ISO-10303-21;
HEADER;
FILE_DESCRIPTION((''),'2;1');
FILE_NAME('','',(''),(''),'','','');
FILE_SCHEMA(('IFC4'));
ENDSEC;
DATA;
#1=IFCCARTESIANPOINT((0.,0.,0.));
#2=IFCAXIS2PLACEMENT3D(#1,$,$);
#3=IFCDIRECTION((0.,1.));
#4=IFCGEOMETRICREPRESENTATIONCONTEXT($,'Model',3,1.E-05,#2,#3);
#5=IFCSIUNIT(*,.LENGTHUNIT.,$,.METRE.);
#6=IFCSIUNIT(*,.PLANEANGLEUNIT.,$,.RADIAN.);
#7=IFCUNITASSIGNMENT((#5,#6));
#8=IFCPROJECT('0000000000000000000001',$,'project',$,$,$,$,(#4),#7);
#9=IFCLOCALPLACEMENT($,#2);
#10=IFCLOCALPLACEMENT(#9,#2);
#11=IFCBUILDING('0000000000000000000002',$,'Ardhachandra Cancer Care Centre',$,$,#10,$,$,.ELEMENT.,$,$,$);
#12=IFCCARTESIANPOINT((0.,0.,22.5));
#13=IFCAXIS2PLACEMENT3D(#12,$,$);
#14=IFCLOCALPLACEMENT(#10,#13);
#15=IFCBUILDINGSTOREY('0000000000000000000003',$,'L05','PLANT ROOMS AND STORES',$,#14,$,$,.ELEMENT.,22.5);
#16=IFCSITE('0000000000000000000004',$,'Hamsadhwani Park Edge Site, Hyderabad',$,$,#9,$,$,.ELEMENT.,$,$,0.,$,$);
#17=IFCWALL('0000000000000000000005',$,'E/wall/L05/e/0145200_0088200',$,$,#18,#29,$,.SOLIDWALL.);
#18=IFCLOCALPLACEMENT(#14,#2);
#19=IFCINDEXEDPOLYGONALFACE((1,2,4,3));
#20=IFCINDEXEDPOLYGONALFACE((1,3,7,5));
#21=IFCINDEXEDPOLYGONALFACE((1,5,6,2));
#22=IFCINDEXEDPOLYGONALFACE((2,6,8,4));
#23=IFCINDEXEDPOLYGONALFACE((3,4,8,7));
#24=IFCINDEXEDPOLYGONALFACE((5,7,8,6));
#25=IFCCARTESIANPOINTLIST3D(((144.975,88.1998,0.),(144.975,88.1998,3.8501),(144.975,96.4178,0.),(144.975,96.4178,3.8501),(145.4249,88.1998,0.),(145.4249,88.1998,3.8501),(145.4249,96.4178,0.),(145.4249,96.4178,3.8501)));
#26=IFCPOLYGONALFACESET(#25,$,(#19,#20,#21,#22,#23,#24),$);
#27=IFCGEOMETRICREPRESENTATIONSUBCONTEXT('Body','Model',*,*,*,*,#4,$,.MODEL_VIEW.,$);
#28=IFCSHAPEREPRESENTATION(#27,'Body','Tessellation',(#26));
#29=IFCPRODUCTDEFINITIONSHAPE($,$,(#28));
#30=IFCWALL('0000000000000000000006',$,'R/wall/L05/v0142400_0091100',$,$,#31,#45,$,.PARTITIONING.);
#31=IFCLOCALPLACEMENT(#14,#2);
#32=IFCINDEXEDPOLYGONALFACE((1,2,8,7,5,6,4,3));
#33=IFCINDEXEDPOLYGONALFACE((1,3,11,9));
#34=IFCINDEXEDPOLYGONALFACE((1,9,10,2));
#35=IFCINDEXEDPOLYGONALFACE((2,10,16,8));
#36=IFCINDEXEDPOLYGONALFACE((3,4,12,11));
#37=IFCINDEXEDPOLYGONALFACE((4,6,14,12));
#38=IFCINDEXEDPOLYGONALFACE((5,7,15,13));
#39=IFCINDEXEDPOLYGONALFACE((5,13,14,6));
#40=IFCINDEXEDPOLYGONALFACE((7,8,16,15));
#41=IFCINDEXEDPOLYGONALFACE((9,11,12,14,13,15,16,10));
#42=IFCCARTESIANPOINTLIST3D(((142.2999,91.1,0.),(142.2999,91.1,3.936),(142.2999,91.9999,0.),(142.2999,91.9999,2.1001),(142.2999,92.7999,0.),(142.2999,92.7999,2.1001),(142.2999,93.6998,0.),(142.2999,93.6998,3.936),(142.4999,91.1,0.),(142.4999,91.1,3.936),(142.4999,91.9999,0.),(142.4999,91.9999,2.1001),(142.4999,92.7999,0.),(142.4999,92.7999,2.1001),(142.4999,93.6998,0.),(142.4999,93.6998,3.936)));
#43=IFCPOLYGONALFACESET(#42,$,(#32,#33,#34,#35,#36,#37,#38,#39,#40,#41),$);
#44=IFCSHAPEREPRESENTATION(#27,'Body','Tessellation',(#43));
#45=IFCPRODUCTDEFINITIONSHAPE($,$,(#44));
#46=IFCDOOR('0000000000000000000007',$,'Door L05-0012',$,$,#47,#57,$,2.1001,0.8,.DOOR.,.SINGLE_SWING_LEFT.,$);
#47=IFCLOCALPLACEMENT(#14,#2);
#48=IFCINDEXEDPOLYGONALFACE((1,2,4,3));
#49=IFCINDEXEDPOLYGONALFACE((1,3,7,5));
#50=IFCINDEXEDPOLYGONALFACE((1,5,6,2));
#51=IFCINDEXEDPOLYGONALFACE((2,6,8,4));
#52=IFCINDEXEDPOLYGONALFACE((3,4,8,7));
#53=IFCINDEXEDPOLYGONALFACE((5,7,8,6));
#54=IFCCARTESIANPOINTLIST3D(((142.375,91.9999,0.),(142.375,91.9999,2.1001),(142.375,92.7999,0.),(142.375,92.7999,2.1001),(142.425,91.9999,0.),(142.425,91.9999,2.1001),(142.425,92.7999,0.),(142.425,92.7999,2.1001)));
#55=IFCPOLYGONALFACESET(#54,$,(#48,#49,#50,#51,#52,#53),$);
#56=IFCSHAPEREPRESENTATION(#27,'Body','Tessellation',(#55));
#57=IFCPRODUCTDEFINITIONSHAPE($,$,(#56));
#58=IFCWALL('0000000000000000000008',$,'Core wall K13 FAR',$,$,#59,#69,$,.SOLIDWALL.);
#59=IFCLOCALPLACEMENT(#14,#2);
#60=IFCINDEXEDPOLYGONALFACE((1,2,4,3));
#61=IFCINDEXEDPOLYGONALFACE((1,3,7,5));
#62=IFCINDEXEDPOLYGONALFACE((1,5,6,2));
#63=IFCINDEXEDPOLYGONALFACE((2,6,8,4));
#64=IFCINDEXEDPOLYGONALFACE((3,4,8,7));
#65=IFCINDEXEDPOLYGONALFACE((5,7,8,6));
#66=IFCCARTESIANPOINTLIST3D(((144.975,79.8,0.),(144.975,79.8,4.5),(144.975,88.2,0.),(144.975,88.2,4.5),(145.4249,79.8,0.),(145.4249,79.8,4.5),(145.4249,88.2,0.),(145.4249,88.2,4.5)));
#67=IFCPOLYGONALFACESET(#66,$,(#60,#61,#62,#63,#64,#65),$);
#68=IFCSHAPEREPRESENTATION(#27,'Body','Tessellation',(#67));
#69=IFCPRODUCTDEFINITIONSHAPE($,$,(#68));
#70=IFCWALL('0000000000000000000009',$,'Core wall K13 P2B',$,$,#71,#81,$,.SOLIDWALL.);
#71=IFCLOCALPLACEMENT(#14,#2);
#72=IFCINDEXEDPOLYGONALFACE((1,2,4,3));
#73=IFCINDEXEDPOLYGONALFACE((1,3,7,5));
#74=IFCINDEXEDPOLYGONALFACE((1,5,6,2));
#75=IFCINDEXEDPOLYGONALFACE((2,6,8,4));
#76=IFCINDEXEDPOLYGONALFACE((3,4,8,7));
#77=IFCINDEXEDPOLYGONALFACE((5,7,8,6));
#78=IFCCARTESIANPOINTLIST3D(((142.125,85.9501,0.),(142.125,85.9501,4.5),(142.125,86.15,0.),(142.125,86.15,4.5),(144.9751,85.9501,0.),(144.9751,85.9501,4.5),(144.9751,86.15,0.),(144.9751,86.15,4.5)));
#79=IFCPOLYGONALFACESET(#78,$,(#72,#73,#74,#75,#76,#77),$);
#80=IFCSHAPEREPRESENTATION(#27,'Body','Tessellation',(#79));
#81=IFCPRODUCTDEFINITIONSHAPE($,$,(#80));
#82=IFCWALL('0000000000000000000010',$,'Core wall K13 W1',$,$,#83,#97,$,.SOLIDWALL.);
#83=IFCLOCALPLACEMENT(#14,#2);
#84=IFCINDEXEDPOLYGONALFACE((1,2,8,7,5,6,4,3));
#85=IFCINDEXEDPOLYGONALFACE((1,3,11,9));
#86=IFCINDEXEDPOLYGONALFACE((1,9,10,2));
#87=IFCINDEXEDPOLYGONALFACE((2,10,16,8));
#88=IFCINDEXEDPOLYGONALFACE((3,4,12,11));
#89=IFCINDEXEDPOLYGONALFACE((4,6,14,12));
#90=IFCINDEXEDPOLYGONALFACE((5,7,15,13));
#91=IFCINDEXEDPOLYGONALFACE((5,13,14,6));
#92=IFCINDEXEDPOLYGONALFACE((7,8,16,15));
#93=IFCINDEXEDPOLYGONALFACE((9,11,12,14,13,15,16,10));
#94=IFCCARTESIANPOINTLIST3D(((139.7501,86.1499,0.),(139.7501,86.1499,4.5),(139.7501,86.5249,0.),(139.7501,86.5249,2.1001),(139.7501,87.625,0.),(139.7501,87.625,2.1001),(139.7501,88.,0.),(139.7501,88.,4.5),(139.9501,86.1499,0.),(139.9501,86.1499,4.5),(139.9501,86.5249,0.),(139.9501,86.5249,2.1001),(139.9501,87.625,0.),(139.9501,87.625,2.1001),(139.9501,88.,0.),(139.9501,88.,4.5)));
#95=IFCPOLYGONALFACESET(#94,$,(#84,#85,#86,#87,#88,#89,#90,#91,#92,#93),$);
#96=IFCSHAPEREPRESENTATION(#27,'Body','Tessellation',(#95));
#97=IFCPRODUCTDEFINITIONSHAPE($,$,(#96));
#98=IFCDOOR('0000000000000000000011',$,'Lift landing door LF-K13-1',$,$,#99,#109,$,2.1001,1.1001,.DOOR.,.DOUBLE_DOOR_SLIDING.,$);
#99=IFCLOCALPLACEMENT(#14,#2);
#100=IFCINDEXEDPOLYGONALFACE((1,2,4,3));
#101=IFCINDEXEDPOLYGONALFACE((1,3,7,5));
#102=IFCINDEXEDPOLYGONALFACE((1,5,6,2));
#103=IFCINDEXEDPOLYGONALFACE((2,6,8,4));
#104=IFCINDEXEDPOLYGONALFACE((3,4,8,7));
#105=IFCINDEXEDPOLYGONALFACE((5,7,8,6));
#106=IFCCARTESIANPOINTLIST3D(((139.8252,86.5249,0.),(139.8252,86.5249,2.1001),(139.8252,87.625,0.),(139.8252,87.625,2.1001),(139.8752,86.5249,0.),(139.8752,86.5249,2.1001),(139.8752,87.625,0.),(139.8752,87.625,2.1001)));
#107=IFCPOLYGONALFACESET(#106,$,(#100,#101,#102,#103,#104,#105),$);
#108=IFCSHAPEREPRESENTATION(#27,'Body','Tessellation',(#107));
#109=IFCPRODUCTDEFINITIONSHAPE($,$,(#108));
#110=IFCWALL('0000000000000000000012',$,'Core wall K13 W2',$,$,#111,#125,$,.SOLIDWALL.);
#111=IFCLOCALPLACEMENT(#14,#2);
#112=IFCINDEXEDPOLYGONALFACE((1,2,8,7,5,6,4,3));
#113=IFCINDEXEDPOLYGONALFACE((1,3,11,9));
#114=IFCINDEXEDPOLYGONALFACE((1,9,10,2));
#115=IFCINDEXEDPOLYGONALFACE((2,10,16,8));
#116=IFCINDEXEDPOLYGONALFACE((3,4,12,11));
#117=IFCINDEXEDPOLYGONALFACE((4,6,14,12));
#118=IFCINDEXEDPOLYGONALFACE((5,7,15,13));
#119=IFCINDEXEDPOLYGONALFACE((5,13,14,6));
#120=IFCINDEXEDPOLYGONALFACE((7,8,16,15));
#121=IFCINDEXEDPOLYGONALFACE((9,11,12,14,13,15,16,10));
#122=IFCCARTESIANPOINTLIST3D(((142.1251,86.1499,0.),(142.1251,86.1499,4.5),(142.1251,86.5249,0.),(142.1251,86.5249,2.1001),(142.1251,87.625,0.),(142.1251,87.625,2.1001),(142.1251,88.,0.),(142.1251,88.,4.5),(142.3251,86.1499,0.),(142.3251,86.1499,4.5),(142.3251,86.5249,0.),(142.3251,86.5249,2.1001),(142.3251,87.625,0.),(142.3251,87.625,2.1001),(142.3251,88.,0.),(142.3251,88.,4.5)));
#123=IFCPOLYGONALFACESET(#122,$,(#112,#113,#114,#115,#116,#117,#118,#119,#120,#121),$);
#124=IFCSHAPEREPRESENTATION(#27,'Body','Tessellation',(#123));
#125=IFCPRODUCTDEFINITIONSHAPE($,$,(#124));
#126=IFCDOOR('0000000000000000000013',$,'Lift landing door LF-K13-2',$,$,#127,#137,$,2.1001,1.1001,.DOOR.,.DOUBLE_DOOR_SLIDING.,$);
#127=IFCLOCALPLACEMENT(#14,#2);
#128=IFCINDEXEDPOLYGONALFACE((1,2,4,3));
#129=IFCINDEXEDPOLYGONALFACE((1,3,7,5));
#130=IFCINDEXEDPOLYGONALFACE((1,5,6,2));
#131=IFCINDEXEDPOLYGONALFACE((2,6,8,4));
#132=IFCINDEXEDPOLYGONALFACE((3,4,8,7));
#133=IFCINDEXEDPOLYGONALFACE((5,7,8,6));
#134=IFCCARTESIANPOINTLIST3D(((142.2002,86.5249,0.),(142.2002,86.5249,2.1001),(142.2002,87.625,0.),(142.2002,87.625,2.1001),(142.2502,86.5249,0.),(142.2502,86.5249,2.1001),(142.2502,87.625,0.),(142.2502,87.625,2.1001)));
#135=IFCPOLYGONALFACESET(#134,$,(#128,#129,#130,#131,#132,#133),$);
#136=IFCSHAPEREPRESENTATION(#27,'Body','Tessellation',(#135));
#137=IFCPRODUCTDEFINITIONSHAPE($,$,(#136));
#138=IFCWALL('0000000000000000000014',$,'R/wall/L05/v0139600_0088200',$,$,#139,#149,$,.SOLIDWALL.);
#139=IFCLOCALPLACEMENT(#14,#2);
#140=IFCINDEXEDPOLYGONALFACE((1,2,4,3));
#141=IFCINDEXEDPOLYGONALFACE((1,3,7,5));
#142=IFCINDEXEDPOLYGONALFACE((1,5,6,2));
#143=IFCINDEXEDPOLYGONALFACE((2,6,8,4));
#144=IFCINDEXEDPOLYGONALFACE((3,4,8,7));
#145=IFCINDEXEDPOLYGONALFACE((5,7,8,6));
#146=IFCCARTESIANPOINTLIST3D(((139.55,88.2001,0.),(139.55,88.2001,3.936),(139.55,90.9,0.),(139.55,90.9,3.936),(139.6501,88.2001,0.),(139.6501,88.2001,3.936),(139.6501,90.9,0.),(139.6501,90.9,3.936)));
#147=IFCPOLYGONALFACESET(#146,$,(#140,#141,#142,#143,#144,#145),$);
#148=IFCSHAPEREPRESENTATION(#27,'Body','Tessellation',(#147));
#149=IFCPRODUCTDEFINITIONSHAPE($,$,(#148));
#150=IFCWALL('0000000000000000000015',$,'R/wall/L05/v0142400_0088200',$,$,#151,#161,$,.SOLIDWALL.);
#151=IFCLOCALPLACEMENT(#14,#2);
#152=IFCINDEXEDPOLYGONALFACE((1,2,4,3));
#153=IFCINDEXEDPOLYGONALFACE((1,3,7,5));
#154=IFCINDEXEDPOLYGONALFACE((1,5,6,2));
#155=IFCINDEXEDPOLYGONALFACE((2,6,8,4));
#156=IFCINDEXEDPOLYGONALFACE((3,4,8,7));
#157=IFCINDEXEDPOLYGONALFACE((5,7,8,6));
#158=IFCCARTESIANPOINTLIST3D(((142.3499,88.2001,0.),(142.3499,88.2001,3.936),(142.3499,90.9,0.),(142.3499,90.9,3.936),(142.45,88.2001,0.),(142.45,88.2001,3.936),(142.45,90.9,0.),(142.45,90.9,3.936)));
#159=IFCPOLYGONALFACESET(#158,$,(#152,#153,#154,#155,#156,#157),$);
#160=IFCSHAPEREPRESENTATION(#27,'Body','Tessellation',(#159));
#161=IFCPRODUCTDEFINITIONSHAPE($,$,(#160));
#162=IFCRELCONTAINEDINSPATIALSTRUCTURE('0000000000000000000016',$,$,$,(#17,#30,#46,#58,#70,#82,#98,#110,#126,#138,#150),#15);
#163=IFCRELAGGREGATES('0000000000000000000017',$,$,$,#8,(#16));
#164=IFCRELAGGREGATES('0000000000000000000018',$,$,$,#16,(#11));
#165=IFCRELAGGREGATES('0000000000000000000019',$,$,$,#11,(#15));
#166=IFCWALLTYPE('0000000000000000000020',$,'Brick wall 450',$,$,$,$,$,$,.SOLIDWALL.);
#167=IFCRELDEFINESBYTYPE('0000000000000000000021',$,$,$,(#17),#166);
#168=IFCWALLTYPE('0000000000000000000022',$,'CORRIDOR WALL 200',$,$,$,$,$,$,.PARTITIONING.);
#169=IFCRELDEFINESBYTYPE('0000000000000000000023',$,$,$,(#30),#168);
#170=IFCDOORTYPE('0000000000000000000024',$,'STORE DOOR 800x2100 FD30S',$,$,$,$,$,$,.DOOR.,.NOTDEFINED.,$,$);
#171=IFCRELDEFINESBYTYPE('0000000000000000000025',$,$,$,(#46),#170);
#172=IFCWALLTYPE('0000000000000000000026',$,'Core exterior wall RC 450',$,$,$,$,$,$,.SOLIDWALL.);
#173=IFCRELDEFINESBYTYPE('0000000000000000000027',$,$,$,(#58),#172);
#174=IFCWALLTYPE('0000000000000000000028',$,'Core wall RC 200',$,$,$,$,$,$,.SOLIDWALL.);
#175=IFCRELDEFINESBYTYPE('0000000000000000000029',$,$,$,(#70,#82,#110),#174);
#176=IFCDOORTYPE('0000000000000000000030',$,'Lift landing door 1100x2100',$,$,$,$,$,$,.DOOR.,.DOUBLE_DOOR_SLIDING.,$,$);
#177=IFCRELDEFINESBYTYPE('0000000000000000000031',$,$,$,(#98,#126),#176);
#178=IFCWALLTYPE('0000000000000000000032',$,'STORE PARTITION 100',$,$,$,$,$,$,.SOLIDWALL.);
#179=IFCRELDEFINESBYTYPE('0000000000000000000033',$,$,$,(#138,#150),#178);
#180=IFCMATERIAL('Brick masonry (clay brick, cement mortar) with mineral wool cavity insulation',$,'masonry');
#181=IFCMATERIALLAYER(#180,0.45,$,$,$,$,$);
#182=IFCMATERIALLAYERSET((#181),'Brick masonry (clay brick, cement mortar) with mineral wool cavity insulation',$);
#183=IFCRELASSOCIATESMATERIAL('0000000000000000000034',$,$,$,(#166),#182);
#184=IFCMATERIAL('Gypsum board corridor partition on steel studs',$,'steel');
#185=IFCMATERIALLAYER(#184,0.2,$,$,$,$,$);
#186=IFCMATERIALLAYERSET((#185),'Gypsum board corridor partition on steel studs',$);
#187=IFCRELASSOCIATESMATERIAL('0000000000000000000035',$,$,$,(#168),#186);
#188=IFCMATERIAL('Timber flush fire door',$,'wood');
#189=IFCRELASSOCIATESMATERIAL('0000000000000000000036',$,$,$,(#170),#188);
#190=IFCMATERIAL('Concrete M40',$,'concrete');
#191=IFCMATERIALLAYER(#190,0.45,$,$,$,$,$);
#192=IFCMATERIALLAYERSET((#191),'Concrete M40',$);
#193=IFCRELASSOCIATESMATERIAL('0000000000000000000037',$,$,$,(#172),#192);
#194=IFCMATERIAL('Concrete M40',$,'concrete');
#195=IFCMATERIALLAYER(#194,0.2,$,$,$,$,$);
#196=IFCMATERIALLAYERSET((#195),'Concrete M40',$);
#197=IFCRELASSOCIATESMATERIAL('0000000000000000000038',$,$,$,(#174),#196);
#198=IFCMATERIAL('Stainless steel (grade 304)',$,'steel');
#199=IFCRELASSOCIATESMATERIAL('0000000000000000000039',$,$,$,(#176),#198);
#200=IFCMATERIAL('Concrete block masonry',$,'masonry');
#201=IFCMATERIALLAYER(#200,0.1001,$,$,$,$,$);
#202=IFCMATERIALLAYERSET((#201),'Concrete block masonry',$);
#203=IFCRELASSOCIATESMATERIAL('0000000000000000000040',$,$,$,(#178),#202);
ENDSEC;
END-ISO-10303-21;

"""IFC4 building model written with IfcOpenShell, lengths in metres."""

from ifc_helpers import new_model, si_unit, direction, frame, frame_2d, origin, place, context, subcontext, project, spatial, rectangle, extrude, material, layer, layer_set, type_object, element, fill, save


model = new_model("IFC4")

# Units and contexts
model_context = context("Model", 3, precision=1e-05, world=origin(), true_north=direction((0.0, 1.0)))
body_context = subcontext(model_context, "Body", "Model", "MODEL_VIEW")
ifc_project = project(units=[si_unit("LENGTHUNIT", "METRE"), si_unit("PLANEANGLEUNIT", "RADIAN")], contexts=[model_context])

# Site, building, storey
site_placement = place(None, origin())
site = spatial("IfcSite", under=ifc_project, at=site_placement, Name="Hamsadhwani Park Edge Site, Hyderabad", CompositionType="ELEMENT", RefElevation=0.0)
building_placement = place(site_placement, origin())
building = spatial("IfcBuilding", under=site, at=building_placement, Name="Ardhachandra Cancer Care Centre", CompositionType="ELEMENT")
storey_placement = place(building_placement, frame((0.0, 0.0, 22.5)))
storey = spatial("IfcBuildingStorey", under=building, at=storey_placement, Name="L05", Description="PLANT ROOMS AND STORES", CompositionType="ELEMENT", Elevation=22.5)

# Wall
ifc_material_1 = material(Name="Brick masonry (clay brick, cement mortar) with mineral wool cavity insulation", Category="masonry")
ifc_layer_1 = layer(ifc_material_1, 0.45)
ifc_layer_set_1 = layer_set([ifc_layer_1], Name="Brick masonry (clay brick, cement mortar) with mineral wool cavity insulation")
wall_type_1 = type_object("IfcWallType", Name="Brick wall 450", PredefinedType="SOLIDWALL", material=ifc_layer_set_1)
wall_1_placement = place(storey_placement, frame((145.2, 88.2, 0.0), z_axis=(0.0, 0.0, 1.0), x_axis=(0.0, 1.0, 0.0)))
element("IfcWall", 1, at=wall_1_placement, inside=storey, type_object=wall_type_1, Name="E/wall/L05/e/0145200_0088200", PredefinedType="SOLIDWALL", context=body_context, shape_type="SweptSolid", body=[
    extrude(rectangle(XDim=8.218, YDim=0.45, at=frame_2d((4.1089, 0.0))), origin(), (0.0, 0.0, 1.0), 3.8501),
])

# Wall, opening, door
ifc_material_2 = material(Name="Gypsum board corridor partition on steel studs", Category="steel")
ifc_layer_2 = layer(ifc_material_2, 0.2)
ifc_layer_set_2 = layer_set([ifc_layer_2], Name="Gypsum board corridor partition on steel studs")
wall_type_2 = type_object("IfcWallType", Name="CORRIDOR WALL 200", PredefinedType="PARTITIONING", material=ifc_layer_set_2)
wall_2_placement = place(storey_placement, frame((142.3999, 91.1001, 0.0), z_axis=(0.0, 0.0, 1.0), x_axis=(0.0, 1.0, 0.0)))
wall_2 = element("IfcWall", 2, at=wall_2_placement, inside=storey, type_object=wall_type_2, Name="R/wall/L05/v0142400_0091100", PredefinedType="PARTITIONING", context=body_context, shape_type="SweptSolid", body=[
    extrude(rectangle(XDim=2.5999, YDim=0.2, at=frame_2d((1.2998, 0.0))), origin(), (0.0, 0.0, 1.0), 3.936),
])
opening_1_placement = place(wall_2_placement, frame((0.8999, 0.0, 0.0)))
opening_1 = element("IfcOpeningElement", 3, at=opening_1_placement, cuts=wall_2, PredefinedType="OPENING", context=body_context, shape_type="SweptSolid", body=[
    extrude(rectangle(XDim=0.8, YDim=2.1001, at=frame_2d((0.3999, 1.05))), frame((0.0, 0.1099, 0.0), z_axis=(0.0, -1.0, 0.0), x_axis=(1.0, 0.0, 0.0)), (0.0, 0.0, 1.0), 0.22),
])
ifc_material_3 = material(Name="Timber flush fire door", Category="wood")
door_type_1 = type_object("IfcDoorType", Name="STORE DOOR 800x2100 FD30S", OperationType="NOTDEFINED", PredefinedType="DOOR", material=ifc_material_3)
door_1_placement = place(opening_1_placement, origin())
door_1 = element("IfcDoor", 4, at=door_1_placement, inside=storey, type_object=door_type_1, Name="Door L05-0012", OperationType="SINGLE_SWING_LEFT", OverallHeight=2.1001, OverallWidth=0.8, PredefinedType="DOOR", context=body_context, shape_type="SweptSolid", body=[
    extrude(rectangle(XDim=0.8, YDim=2.1001, at=frame_2d((0.3999, 1.05))), frame((0.0, 0.0249, 0.0), z_axis=(0.0, -1.0, 0.0), x_axis=(1.0, 0.0, 0.0)), (0.0, 0.0, 1.0), 0.05),
])
fill(opening_1, door_1)

# Walls
ifc_material_4 = material(Name="Concrete M40", Category="concrete")
ifc_layer_3 = layer(ifc_material_4, 0.45)
ifc_layer_set_3 = layer_set([ifc_layer_3], Name="Concrete M40")
wall_type_3 = type_object("IfcWallType", Name="Core exterior wall RC 450", PredefinedType="SOLIDWALL", material=ifc_layer_set_3)
wall_3_placement = place(storey_placement, frame((145.2, 79.8, 0.0), z_axis=(0.0, 0.0, 1.0), x_axis=(0.0, 1.0, 0.0)))
element("IfcWall", 5, at=wall_3_placement, inside=storey, type_object=wall_type_3, Name="Core wall K13 FAR", PredefinedType="SOLIDWALL", context=body_context, shape_type="SweptSolid", body=[
    extrude(rectangle(XDim=8.3999, YDim=0.45, at=frame_2d((4.2, 0.0))), origin(), (0.0, 0.0, 1.0), 4.5),
])
ifc_material_5 = material(Name="Concrete M40", Category="concrete")
ifc_layer_4 = layer(ifc_material_5, 0.2)
ifc_layer_set_4 = layer_set([ifc_layer_4], Name="Concrete M40")
wall_type_4 = type_object("IfcWallType", Name="Core wall RC 200", PredefinedType="SOLIDWALL", material=ifc_layer_set_4)
wall_4_placement = place(storey_placement, frame((142.125, 86.05, 0.0), z_axis=(0.0, 0.0, 1.0), x_axis=(1.0, 0.0, 0.0)))
element("IfcWall", 6, at=wall_4_placement, inside=storey, type_object=wall_type_4, Name="Core wall K13 P2B", PredefinedType="SOLIDWALL", context=body_context, shape_type="SweptSolid", body=[
    extrude(rectangle(XDim=2.8501, YDim=0.2, at=frame_2d((1.425, 0.0))), origin(), (0.0, 0.0, 1.0), 4.5),
])

# Walls, openings, doors
wall_5_placement = place(storey_placement, frame((139.8501, 86.1499, 0.0), z_axis=(0.0, 0.0, 1.0), x_axis=(0.0, 1.0, 0.0)))
wall_5 = element("IfcWall", 7, at=wall_5_placement, inside=storey, type_object=wall_type_4, Name="Core wall K13 W1", PredefinedType="SOLIDWALL", context=body_context, shape_type="SweptSolid", body=[
    extrude(rectangle(XDim=1.8501, YDim=0.2, at=frame_2d((0.925, 0.0))), origin(), (0.0, 0.0, 1.0), 4.5),
])
opening_2_placement = place(wall_5_placement, frame((0.375, 0.0, 0.0)))
opening_2 = element("IfcOpeningElement", 8, at=opening_2_placement, cuts=wall_5, PredefinedType="OPENING", context=body_context, shape_type="SweptSolid", body=[
    extrude(rectangle(XDim=1.1001, YDim=2.1001, at=frame_2d((0.55, 1.05))), frame((0.0, 0.1099, 0.0), z_axis=(0.0, -1.0, 0.0), x_axis=(1.0, 0.0, 0.0)), (0.0, 0.0, 1.0), 0.22),
])
ifc_material_6 = material(Name="Stainless steel (grade 304)", Category="steel")
door_type_2 = type_object("IfcDoorType", Name="Lift landing door 1100x2100", OperationType="DOUBLE_DOOR_SLIDING", PredefinedType="DOOR", material=ifc_material_6)
door_2_placement = place(opening_2_placement, origin())
door_2 = element("IfcDoor", 9, at=door_2_placement, inside=storey, type_object=door_type_2, Name="Lift landing door LF-K13-1", OperationType="DOUBLE_DOOR_SLIDING", OverallHeight=2.1001, OverallWidth=1.1001, PredefinedType="DOOR", context=body_context, shape_type="SweptSolid", body=[
    extrude(rectangle(XDim=1.1001, YDim=2.1001, at=frame_2d((0.55, 1.05))), frame((0.0, 0.0249, 0.0), z_axis=(0.0, -1.0, 0.0), x_axis=(1.0, 0.0, 0.0)), (0.0, 0.0, 1.0), 0.05),
])
fill(opening_2, door_2)
wall_6_placement = place(storey_placement, frame((142.2251, 86.1499, 0.0), z_axis=(0.0, 0.0, 1.0), x_axis=(0.0, 1.0, 0.0)))
wall_6 = element("IfcWall", 10, at=wall_6_placement, inside=storey, type_object=wall_type_4, Name="Core wall K13 W2", PredefinedType="SOLIDWALL", context=body_context, shape_type="SweptSolid", body=[
    extrude(rectangle(XDim=1.8501, YDim=0.2, at=frame_2d((0.925, 0.0))), origin(), (0.0, 0.0, 1.0), 4.5),
])
opening_3_placement = place(wall_6_placement, frame((0.375, 0.0, 0.0)))
opening_3 = element("IfcOpeningElement", 11, at=opening_3_placement, cuts=wall_6, PredefinedType="OPENING", context=body_context, shape_type="SweptSolid", body=[
    extrude(rectangle(XDim=1.1001, YDim=2.1001, at=frame_2d((0.55, 1.05))), frame((0.0, 0.1099, 0.0), z_axis=(0.0, -1.0, 0.0), x_axis=(1.0, 0.0, 0.0)), (0.0, 0.0, 1.0), 0.22),
])
door_3_placement = place(opening_3_placement, origin())
door_3 = element("IfcDoor", 12, at=door_3_placement, inside=storey, type_object=door_type_2, Name="Lift landing door LF-K13-2", OperationType="DOUBLE_DOOR_SLIDING", OverallHeight=2.1001, OverallWidth=1.1001, PredefinedType="DOOR", context=body_context, shape_type="SweptSolid", body=[
    extrude(rectangle(XDim=1.1001, YDim=2.1001, at=frame_2d((0.55, 1.05))), frame((0.0, 0.0249, 0.0), z_axis=(0.0, -1.0, 0.0), x_axis=(1.0, 0.0, 0.0)), (0.0, 0.0, 1.0), 0.05),
])
fill(opening_3, door_3)

# Walls
ifc_material_7 = material(Name="Concrete block masonry", Category="masonry")
ifc_layer_5 = layer(ifc_material_7, 0.1001)
ifc_layer_set_5 = layer_set([ifc_layer_5], Name="Concrete block masonry")
wall_type_5 = type_object("IfcWallType", Name="STORE PARTITION 100", PredefinedType="SOLIDWALL", material=ifc_layer_set_5)
for number, where, z_axis, x_axis, name in (
    (13, (139.6001, 88.2, 0.0), (0.0, 0.0, 1.0), (0.0, 1.0, 0.0), "R/wall/L05/v0139600_0088200"),
    (14, (142.3999, 88.2, 0.0), (0.0, 0.0, 1.0), (0.0, 1.0, 0.0), "R/wall/L05/v0142400_0088200"),
):
    element("IfcWall", number, at=place(storey_placement, frame(where, z_axis=z_axis, x_axis=x_axis)), inside=storey, type_object=wall_type_5, Name=name, PredefinedType="SOLIDWALL", context=body_context, shape_type="SweptSolid", body=[
        extrude(rectangle(XDim=2.7, YDim=0.1001, at=frame_2d((1.3501, 0.0))), origin(), (0.0, 0.0, 1.0), 3.936),
    ])

save(model, "model.ifc")
